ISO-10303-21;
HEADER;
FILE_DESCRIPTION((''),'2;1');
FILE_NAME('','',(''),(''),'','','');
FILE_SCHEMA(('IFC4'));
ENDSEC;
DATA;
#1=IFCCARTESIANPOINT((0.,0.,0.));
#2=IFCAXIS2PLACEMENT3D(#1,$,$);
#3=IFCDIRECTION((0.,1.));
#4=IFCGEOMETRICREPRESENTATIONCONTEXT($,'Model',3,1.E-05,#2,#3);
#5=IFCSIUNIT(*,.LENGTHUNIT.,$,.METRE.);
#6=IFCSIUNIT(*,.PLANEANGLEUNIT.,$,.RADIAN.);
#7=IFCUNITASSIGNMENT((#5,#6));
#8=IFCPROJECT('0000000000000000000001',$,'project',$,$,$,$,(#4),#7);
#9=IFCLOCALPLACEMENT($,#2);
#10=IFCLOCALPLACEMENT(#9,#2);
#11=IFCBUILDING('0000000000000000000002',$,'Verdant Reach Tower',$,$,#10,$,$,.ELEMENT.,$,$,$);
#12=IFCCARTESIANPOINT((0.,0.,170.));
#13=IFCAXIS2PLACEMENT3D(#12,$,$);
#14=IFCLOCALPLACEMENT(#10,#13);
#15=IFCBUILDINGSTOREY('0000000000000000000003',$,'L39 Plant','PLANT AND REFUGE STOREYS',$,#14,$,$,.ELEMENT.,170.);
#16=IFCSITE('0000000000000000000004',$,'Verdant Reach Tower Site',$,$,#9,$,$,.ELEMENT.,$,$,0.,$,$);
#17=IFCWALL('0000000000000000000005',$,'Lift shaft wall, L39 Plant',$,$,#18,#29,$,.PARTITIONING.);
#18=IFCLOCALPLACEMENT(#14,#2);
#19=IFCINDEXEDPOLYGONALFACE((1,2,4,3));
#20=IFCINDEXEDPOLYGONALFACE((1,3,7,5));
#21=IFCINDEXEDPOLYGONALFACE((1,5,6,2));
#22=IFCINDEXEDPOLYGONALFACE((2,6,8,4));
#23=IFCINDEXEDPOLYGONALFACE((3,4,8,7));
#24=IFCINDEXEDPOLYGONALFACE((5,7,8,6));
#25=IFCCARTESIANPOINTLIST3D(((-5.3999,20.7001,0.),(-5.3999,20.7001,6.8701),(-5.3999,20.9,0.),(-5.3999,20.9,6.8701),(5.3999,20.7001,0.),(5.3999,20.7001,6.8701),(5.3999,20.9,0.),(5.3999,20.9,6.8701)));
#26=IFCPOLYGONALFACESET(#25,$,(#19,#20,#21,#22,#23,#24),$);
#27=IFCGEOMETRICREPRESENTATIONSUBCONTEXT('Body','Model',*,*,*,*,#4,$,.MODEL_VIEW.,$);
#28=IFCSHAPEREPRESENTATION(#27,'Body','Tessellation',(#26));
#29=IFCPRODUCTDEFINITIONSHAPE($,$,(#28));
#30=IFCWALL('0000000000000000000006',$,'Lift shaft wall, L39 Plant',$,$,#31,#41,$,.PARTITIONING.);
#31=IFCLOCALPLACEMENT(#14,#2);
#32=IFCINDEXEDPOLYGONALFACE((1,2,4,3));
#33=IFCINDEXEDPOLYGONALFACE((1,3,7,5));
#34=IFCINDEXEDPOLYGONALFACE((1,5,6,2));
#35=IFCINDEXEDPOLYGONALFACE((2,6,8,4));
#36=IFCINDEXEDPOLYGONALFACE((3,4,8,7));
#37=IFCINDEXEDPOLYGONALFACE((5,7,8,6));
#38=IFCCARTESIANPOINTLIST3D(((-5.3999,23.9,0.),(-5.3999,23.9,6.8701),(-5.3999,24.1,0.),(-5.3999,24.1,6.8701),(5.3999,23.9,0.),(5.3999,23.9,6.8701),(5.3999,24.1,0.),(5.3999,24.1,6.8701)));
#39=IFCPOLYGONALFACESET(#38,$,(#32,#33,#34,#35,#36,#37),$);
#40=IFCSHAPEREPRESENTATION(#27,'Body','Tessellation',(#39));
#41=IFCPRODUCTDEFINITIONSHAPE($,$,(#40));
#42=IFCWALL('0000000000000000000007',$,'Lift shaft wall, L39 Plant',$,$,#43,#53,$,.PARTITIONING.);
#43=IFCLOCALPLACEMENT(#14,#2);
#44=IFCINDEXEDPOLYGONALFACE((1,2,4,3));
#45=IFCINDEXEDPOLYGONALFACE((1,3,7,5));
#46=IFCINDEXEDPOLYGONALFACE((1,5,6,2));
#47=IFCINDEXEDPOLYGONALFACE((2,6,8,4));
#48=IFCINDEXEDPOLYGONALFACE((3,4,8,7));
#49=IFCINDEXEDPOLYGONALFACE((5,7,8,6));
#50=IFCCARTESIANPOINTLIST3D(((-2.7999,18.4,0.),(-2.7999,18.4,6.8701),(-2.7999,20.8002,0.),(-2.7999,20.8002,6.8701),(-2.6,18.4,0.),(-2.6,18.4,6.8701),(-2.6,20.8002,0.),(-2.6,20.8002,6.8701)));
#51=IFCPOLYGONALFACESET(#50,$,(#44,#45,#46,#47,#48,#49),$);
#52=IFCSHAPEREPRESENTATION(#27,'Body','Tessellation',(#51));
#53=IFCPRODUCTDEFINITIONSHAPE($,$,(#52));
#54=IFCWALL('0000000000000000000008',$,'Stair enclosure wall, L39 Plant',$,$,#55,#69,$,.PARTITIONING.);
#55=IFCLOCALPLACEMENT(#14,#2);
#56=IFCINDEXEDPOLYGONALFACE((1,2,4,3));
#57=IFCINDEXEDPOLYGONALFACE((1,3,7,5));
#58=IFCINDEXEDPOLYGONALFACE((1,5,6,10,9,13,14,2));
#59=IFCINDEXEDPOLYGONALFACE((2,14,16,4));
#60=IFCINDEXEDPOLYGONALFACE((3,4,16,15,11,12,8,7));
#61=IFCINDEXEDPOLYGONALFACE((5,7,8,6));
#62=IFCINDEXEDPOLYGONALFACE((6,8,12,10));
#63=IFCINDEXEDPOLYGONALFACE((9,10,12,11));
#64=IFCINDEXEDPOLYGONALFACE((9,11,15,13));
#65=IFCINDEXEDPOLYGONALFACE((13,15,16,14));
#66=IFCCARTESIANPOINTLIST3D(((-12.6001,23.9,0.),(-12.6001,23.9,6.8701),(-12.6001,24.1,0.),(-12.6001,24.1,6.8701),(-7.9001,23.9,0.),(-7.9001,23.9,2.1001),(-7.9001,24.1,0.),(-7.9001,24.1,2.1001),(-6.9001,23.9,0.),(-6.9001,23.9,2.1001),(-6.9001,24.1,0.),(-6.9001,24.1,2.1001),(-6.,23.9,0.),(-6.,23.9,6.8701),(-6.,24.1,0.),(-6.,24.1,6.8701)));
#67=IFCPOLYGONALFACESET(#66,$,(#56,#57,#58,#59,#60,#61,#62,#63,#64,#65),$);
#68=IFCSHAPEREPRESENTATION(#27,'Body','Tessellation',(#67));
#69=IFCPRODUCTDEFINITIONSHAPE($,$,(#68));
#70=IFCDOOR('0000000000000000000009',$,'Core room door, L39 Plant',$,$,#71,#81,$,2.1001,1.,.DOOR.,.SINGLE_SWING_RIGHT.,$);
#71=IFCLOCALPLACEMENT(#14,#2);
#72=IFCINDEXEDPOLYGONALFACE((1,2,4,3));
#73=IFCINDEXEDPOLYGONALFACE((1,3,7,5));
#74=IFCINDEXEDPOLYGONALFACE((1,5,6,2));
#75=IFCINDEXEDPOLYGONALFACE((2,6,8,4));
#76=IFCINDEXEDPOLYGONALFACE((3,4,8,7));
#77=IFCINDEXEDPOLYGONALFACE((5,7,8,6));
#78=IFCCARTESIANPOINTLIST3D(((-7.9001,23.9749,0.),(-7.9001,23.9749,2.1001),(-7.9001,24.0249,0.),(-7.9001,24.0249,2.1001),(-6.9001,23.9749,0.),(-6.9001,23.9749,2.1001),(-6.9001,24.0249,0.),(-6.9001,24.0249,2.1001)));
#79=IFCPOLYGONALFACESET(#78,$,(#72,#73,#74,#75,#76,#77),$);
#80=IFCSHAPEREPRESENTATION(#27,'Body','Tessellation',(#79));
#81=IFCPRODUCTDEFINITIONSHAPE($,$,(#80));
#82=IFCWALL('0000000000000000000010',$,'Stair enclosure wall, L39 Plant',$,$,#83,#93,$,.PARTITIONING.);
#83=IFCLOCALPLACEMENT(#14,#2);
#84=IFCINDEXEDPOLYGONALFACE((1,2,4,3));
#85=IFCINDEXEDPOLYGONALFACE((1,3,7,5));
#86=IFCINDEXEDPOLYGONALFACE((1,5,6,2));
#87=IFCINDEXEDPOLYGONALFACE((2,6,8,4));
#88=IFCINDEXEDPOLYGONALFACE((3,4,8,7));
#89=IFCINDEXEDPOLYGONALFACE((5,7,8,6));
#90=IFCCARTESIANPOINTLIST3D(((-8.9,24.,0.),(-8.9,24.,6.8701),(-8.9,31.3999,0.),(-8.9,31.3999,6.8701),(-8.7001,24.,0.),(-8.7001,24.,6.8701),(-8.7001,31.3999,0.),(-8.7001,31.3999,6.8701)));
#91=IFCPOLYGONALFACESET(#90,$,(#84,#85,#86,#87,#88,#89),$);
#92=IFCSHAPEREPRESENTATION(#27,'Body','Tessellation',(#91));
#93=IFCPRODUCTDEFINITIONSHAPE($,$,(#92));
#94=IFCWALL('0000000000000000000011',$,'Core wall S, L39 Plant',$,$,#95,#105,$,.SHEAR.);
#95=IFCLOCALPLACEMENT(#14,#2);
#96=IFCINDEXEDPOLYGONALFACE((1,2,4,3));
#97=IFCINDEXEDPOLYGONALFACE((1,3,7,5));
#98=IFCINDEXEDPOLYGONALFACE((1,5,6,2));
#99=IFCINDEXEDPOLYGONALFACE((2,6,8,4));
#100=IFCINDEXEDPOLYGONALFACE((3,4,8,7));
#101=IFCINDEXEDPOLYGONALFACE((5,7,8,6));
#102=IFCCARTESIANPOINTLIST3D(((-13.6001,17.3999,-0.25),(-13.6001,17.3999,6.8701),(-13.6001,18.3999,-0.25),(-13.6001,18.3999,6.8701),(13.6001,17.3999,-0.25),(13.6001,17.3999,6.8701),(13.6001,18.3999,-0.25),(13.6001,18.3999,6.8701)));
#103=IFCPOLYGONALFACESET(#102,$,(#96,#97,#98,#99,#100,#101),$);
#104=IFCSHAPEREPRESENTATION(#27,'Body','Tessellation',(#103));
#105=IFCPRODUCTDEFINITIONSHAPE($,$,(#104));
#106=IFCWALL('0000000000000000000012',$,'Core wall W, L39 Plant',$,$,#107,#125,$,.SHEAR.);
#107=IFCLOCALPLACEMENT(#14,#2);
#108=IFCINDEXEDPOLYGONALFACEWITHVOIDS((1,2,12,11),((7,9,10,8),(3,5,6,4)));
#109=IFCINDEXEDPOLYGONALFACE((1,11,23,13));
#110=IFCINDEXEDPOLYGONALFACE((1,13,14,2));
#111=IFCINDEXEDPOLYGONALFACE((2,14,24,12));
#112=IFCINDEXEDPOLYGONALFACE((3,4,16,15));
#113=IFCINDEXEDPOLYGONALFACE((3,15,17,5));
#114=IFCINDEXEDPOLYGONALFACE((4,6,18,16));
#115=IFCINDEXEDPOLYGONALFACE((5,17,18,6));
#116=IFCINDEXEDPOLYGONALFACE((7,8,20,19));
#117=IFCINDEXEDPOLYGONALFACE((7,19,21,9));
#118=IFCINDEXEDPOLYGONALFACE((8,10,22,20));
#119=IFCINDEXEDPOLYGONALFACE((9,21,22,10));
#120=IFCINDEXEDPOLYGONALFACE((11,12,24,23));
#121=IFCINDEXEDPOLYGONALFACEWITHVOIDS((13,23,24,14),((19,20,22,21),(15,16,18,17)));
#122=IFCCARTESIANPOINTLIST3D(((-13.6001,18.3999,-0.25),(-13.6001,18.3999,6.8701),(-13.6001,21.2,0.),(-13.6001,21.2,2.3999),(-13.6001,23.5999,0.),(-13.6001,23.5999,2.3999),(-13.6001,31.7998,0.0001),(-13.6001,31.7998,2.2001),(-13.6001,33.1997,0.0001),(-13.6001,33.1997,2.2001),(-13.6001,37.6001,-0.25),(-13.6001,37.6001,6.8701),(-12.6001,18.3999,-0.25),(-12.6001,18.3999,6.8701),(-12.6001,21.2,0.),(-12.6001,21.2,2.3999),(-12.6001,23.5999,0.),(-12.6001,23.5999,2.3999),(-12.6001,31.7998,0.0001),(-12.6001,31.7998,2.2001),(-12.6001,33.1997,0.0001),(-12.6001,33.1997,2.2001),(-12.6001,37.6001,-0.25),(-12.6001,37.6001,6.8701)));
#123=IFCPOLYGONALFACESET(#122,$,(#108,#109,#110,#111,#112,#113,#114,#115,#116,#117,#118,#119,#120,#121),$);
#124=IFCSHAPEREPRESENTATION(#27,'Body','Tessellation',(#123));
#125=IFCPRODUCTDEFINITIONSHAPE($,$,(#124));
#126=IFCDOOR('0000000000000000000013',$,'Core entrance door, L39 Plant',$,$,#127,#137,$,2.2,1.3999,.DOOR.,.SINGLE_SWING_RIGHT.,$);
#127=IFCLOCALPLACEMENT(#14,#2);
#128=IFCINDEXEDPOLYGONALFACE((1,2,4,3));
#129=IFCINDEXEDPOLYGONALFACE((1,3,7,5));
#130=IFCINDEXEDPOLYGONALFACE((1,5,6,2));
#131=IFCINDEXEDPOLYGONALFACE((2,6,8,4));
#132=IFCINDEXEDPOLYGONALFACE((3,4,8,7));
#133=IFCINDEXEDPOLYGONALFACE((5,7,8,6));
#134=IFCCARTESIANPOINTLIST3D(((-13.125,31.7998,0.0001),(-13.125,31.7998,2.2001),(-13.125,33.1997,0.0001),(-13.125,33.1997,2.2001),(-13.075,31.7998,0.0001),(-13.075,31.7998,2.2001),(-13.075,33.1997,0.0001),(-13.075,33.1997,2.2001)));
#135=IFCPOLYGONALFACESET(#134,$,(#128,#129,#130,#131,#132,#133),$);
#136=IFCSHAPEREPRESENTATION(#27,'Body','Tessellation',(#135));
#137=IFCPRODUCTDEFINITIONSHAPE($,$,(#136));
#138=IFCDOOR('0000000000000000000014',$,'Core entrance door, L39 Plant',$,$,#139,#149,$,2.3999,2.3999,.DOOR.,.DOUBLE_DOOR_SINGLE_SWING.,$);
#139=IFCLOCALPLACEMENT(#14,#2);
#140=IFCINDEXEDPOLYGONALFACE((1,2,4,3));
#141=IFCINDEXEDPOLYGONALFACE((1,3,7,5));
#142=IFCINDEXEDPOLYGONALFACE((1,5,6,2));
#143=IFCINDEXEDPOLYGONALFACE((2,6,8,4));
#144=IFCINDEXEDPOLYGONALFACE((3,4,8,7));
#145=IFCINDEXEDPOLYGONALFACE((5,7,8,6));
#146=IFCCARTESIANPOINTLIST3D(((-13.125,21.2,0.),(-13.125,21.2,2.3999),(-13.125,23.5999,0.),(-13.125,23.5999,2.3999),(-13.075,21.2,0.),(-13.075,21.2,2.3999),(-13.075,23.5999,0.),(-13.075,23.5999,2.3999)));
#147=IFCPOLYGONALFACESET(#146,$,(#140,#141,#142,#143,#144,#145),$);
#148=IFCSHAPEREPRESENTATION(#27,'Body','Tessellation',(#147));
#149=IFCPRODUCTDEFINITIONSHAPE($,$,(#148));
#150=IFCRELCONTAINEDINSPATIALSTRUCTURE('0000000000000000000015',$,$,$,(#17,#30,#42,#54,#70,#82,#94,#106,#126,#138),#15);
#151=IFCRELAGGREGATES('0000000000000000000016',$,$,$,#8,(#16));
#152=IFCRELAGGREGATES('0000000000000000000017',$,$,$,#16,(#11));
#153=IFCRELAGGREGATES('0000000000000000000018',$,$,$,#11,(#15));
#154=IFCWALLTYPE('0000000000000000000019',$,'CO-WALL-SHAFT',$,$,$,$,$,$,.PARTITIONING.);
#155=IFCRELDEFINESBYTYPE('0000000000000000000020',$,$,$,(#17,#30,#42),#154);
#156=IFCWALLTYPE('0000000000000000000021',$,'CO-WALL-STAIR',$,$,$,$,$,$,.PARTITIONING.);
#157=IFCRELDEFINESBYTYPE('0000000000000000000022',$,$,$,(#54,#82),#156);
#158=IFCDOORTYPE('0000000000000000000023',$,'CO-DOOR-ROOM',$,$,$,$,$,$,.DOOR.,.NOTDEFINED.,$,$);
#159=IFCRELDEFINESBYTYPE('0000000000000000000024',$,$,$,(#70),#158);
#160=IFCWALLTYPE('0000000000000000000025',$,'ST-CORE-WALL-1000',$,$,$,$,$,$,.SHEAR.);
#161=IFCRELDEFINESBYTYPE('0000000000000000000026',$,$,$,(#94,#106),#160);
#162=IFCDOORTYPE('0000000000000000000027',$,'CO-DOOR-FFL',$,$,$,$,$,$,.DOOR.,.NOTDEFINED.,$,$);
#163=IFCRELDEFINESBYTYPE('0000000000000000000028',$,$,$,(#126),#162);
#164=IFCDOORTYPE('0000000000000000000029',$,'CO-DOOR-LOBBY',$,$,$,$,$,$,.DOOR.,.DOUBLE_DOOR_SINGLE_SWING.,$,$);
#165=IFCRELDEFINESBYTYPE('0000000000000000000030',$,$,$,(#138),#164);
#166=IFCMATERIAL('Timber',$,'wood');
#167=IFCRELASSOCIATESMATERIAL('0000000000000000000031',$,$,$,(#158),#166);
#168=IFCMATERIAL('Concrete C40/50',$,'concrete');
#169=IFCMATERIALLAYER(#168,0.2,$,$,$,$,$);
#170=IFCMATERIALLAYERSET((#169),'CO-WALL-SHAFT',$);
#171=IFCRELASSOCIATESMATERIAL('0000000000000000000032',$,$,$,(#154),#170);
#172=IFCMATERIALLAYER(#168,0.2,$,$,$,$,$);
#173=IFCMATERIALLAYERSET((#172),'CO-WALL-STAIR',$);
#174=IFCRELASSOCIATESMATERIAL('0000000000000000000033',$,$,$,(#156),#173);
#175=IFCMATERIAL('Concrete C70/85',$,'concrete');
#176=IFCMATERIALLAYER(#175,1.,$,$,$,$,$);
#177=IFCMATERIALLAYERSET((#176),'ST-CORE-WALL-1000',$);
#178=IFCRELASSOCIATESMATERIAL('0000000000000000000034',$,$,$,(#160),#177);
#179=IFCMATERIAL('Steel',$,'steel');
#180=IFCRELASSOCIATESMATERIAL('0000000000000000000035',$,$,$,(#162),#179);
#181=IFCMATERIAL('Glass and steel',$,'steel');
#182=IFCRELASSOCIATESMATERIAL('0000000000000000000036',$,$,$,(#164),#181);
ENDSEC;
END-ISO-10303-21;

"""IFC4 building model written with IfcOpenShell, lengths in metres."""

from ifc_helpers import new_model, si_unit, direction, frame, frame_2d, origin, place, context, subcontext, project, spatial, rectangle, extrude, material, layer, layer_set, type_object, element, fill, save


model = new_model("IFC4")

# Units and contexts
model_context = context("Model", 3, precision=1e-05, world=origin(), true_north=direction((0.0, 1.0)))
body_context = subcontext(model_context, "Body", "Model", "MODEL_VIEW")
ifc_project = project(units=[si_unit("LENGTHUNIT", "METRE"), si_unit("PLANEANGLEUNIT", "RADIAN")], contexts=[model_context])

# Site, building, storey
site_placement = place(None, origin())
site = spatial("IfcSite", under=ifc_project, at=site_placement, Name="Verdant Reach Tower Site", CompositionType="ELEMENT", RefElevation=0.0)
building_placement = place(site_placement, origin())
building = spatial("IfcBuilding", under=site, at=building_placement, Name="Verdant Reach Tower", CompositionType="ELEMENT")
storey_placement = place(building_placement, frame((0.0, 0.0, 170.0)))
storey = spatial("IfcBuildingStorey", under=building, at=storey_placement, Name="L39 Plant", Description="PLANT AND REFUGE STOREYS", CompositionType="ELEMENT", Elevation=170.0)

# Shared definitions
ifc_material_1 = material(Name="Timber", Category="wood")
door_type_1 = type_object("IfcDoorType", Name="CO-DOOR-ROOM", OperationType="NOTDEFINED", PredefinedType="DOOR", material=ifc_material_1)

# Walls
ifc_material_2 = material(Name="Concrete C40/50", Category="concrete")
ifc_layer_1 = layer(ifc_material_2, 0.2)
ifc_layer_set_1 = layer_set([ifc_layer_1], Name="CO-WALL-SHAFT")
wall_type_1 = type_object("IfcWallType", Name="CO-WALL-SHAFT", PredefinedType="PARTITIONING", material=ifc_layer_set_1)
for number, where, z_axis, x_axis, name in (
    (1, (-5.3999, 20.8, 0.0), (0.0, 0.0, 1.0), (1.0, 0.0, 0.0), "Lift shaft wall, L39 Plant"),
    (2, (-5.3999, 24.0, 0.0), (0.0, 0.0, 1.0), (1.0, 0.0, 0.0), "Lift shaft wall, L39 Plant"),
):
    element("IfcWall", number, at=place(storey_placement, frame(where, z_axis=z_axis, x_axis=x_axis)), inside=storey, type_object=wall_type_1, Name=name, PredefinedType="PARTITIONING", context=body_context, shape_type="SweptSolid", body=[
        extrude(rectangle(XDim=10.7998, YDim=0.2, at=frame_2d((5.3999, 0.0))), origin(), (0.0, 0.0, 1.0), 6.8701),
    ])
wall_1_placement = place(storey_placement, frame((-2.7, 18.3999, 0.0), z_axis=(0.0, 0.0, 1.0), x_axis=(0.0, 1.0, 0.0)))
element("IfcWall", 3, at=wall_1_placement, inside=storey, type_object=wall_type_1, Name="Lift shaft wall, L39 Plant", PredefinedType="PARTITIONING", context=body_context, shape_type="SweptSolid", body=[
    extrude(rectangle(XDim=2.4001, YDim=0.2, at=frame_2d((1.2002, 0.0))), origin(), (0.0, 0.0, 1.0), 6.8701),
])

# Wall, opening, door
ifc_layer_2 = layer(ifc_material_2, 0.2)
ifc_layer_set_2 = layer_set([ifc_layer_2], Name="CO-WALL-STAIR")
wall_type_2 = type_object("IfcWallType", Name="CO-WALL-STAIR", PredefinedType="PARTITIONING", material=ifc_layer_set_2)
wall_2_placement = place(storey_placement, frame((-12.6001, 24.0, 0.0), z_axis=(0.0, 0.0, 1.0), x_axis=(1.0, 0.0, 0.0)))
wall_2 = element("IfcWall", 4, at=wall_2_placement, inside=storey, type_object=wall_type_2, Name="Stair enclosure wall, L39 Plant", PredefinedType="PARTITIONING", context=body_context, shape_type="SweptSolid", body=[
    extrude(rectangle(XDim=6.6001, YDim=0.2, at=frame_2d((3.3, 0.0))), origin(), (0.0, 0.0, 1.0), 6.8701),
])
opening_1_placement = place(wall_2_placement, frame((4.7, 0.0, 0.0)))
opening_1 = element("IfcOpeningElement", 5, at=opening_1_placement, cuts=wall_2, PredefinedType="OPENING", context=body_context, shape_type="SweptSolid", body=[
    extrude(rectangle(XDim=1.0, YDim=2.1001, at=frame_2d((0.5, 1.05))), frame((0.0, 0.1099, 0.0), z_axis=(0.0, -1.0, 0.0), x_axis=(1.0, 0.0, 0.0)), (0.0, 0.0, 1.0), 0.22),
])
door_1_placement = place(opening_1_placement, origin())
door_1 = element("IfcDoor", 6, at=door_1_placement, inside=storey, type_object=door_type_1, Name="Core room door, L39 Plant", OperationType="SINGLE_SWING_RIGHT", OverallHeight=2.1001, OverallWidth=1.0, PredefinedType="DOOR", context=body_context, shape_type="SweptSolid", body=[
    extrude(rectangle(XDim=1.0, YDim=2.1001, at=frame_2d((0.5, 1.05))), frame((0.0, 0.0249, 0.0), z_axis=(0.0, -1.0, 0.0), x_axis=(1.0, 0.0, 0.0)), (0.0, 0.0, 1.0), 0.05),
])
fill(opening_1, door_1)

# Walls
wall_3_placement = place(storey_placement, frame((-8.8, 24.0, 0.0), z_axis=(0.0, 0.0, 1.0), x_axis=(0.0, 1.0, 0.0)))
element("IfcWall", 7, at=wall_3_placement, inside=storey, type_object=wall_type_2, Name="Stair enclosure wall, L39 Plant", PredefinedType="PARTITIONING", context=body_context, shape_type="SweptSolid", body=[
    extrude(rectangle(XDim=7.3999, YDim=0.2, at=frame_2d((3.7, 0.0))), origin(), (0.0, 0.0, 1.0), 6.8701),
])
ifc_material_3 = material(Name="Concrete C70/85", Category="concrete")
ifc_layer_3 = layer(ifc_material_3, 1.0)
ifc_layer_set_3 = layer_set([ifc_layer_3], Name="ST-CORE-WALL-1000")
wall_type_3 = type_object("IfcWallType", Name="ST-CORE-WALL-1000", PredefinedType="SHEAR", material=ifc_layer_set_3)
wall_4_placement = place(storey_placement, frame((-13.6001, 17.8999, -0.25), z_axis=(0.0, 0.0, 1.0), x_axis=(1.0, 0.0, 0.0)))
element("IfcWall", 8, at=wall_4_placement, inside=storey, type_object=wall_type_3, Name="Core wall S, L39 Plant", PredefinedType="SHEAR", context=body_context, shape_type="SweptSolid", body=[
    extrude(rectangle(XDim=27.2002, YDim=1.0, at=frame_2d((13.6001, 0.0))), origin(), (0.0, 0.0, 1.0), 7.1201),
])

# Wall, openings, doors
wall_5_placement = place(storey_placement, frame((-13.1001, 18.3999, -0.25), z_axis=(0.0, 0.0, 1.0), x_axis=(0.0, 1.0, 0.0)))
wall_5 = element("IfcWall", 9, at=wall_5_placement, inside=storey, type_object=wall_type_3, Name="Core wall W, L39 Plant", PredefinedType="SHEAR", context=body_context, shape_type="SweptSolid", body=[
    extrude(rectangle(XDim=19.2002, YDim=1.0, at=frame_2d((9.6001, 0.0))), origin(), (0.0, 0.0, 1.0), 7.1201),
])
opening_2_placement = place(wall_5_placement, frame((2.8, 0.0, 0.25)))
opening_2 = element("IfcOpeningElement", 10, at=opening_2_placement, cuts=wall_5, PredefinedType="OPENING", context=body_context, shape_type="SweptSolid", body=[
    extrude(rectangle(XDim=2.3999, YDim=2.3999, at=frame_2d((1.2, 1.2))), frame((0.0, 0.51, 0.0), z_axis=(0.0, -1.0, 0.0), x_axis=(1.0, 0.0, 0.0)), (0.0, 0.0, 1.0), 1.02),
])
opening_3_placement = place(wall_5_placement, frame((13.3999, 0.0, 0.25)))
opening_3 = element("IfcOpeningElement", 11, at=opening_3_placement, cuts=wall_5, PredefinedType="OPENING", context=body_context, shape_type="SweptSolid", body=[
    extrude(rectangle(XDim=1.3999, YDim=2.2, at=frame_2d((0.7, 1.1001))), frame((0.0, 0.51, 0.0), z_axis=(0.0, -1.0, 0.0), x_axis=(1.0, 0.0, 0.0)), (0.0, 0.0, 1.0), 1.02),
])
ifc_material_4 = material(Name="Steel", Category="steel")
door_type_2 = type_object("IfcDoorType", Name="CO-DOOR-FFL", OperationType="NOTDEFINED", PredefinedType="DOOR", material=ifc_material_4)
door_2_placement = place(opening_3_placement, origin())
door_2 = element("IfcDoor", 12, at=door_2_placement, inside=storey, type_object=door_type_2, Name="Core entrance door, L39 Plant", OperationType="SINGLE_SWING_RIGHT", OverallHeight=2.2, OverallWidth=1.3999, PredefinedType="DOOR", context=body_context, shape_type="SweptSolid", body=[
    extrude(rectangle(XDim=1.3999, YDim=2.2, at=frame_2d((0.7, 1.1001))), frame((0.0, 0.0249, 0.0), z_axis=(0.0, -1.0, 0.0), x_axis=(1.0, 0.0, 0.0)), (0.0, 0.0, 1.0), 0.05),
])
fill(opening_3, door_2)
ifc_material_5 = material(Name="Glass and steel", Category="steel")
door_type_3 = type_object("IfcDoorType", Name="CO-DOOR-LOBBY", OperationType="DOUBLE_DOOR_SINGLE_SWING", PredefinedType="DOOR", material=ifc_material_5)
door_3_placement = place(opening_2_placement, origin())
door_3 = element("IfcDoor", 13, at=door_3_placement, inside=storey, type_object=door_type_3, Name="Core entrance door, L39 Plant", OperationType="DOUBLE_DOOR_SINGLE_SWING", OverallHeight=2.3999, OverallWidth=2.3999, PredefinedType="DOOR", context=body_context, shape_type="SweptSolid", body=[
    extrude(rectangle(XDim=2.3999, YDim=2.3999, at=frame_2d((1.2, 1.2))), frame((0.0, 0.0249, 0.0), z_axis=(0.0, -1.0, 0.0), x_axis=(1.0, 0.0, 0.0)), (0.0, 0.0, 1.0), 0.05),
])
fill(opening_2, door_3)

save(model, "model.ifc")
